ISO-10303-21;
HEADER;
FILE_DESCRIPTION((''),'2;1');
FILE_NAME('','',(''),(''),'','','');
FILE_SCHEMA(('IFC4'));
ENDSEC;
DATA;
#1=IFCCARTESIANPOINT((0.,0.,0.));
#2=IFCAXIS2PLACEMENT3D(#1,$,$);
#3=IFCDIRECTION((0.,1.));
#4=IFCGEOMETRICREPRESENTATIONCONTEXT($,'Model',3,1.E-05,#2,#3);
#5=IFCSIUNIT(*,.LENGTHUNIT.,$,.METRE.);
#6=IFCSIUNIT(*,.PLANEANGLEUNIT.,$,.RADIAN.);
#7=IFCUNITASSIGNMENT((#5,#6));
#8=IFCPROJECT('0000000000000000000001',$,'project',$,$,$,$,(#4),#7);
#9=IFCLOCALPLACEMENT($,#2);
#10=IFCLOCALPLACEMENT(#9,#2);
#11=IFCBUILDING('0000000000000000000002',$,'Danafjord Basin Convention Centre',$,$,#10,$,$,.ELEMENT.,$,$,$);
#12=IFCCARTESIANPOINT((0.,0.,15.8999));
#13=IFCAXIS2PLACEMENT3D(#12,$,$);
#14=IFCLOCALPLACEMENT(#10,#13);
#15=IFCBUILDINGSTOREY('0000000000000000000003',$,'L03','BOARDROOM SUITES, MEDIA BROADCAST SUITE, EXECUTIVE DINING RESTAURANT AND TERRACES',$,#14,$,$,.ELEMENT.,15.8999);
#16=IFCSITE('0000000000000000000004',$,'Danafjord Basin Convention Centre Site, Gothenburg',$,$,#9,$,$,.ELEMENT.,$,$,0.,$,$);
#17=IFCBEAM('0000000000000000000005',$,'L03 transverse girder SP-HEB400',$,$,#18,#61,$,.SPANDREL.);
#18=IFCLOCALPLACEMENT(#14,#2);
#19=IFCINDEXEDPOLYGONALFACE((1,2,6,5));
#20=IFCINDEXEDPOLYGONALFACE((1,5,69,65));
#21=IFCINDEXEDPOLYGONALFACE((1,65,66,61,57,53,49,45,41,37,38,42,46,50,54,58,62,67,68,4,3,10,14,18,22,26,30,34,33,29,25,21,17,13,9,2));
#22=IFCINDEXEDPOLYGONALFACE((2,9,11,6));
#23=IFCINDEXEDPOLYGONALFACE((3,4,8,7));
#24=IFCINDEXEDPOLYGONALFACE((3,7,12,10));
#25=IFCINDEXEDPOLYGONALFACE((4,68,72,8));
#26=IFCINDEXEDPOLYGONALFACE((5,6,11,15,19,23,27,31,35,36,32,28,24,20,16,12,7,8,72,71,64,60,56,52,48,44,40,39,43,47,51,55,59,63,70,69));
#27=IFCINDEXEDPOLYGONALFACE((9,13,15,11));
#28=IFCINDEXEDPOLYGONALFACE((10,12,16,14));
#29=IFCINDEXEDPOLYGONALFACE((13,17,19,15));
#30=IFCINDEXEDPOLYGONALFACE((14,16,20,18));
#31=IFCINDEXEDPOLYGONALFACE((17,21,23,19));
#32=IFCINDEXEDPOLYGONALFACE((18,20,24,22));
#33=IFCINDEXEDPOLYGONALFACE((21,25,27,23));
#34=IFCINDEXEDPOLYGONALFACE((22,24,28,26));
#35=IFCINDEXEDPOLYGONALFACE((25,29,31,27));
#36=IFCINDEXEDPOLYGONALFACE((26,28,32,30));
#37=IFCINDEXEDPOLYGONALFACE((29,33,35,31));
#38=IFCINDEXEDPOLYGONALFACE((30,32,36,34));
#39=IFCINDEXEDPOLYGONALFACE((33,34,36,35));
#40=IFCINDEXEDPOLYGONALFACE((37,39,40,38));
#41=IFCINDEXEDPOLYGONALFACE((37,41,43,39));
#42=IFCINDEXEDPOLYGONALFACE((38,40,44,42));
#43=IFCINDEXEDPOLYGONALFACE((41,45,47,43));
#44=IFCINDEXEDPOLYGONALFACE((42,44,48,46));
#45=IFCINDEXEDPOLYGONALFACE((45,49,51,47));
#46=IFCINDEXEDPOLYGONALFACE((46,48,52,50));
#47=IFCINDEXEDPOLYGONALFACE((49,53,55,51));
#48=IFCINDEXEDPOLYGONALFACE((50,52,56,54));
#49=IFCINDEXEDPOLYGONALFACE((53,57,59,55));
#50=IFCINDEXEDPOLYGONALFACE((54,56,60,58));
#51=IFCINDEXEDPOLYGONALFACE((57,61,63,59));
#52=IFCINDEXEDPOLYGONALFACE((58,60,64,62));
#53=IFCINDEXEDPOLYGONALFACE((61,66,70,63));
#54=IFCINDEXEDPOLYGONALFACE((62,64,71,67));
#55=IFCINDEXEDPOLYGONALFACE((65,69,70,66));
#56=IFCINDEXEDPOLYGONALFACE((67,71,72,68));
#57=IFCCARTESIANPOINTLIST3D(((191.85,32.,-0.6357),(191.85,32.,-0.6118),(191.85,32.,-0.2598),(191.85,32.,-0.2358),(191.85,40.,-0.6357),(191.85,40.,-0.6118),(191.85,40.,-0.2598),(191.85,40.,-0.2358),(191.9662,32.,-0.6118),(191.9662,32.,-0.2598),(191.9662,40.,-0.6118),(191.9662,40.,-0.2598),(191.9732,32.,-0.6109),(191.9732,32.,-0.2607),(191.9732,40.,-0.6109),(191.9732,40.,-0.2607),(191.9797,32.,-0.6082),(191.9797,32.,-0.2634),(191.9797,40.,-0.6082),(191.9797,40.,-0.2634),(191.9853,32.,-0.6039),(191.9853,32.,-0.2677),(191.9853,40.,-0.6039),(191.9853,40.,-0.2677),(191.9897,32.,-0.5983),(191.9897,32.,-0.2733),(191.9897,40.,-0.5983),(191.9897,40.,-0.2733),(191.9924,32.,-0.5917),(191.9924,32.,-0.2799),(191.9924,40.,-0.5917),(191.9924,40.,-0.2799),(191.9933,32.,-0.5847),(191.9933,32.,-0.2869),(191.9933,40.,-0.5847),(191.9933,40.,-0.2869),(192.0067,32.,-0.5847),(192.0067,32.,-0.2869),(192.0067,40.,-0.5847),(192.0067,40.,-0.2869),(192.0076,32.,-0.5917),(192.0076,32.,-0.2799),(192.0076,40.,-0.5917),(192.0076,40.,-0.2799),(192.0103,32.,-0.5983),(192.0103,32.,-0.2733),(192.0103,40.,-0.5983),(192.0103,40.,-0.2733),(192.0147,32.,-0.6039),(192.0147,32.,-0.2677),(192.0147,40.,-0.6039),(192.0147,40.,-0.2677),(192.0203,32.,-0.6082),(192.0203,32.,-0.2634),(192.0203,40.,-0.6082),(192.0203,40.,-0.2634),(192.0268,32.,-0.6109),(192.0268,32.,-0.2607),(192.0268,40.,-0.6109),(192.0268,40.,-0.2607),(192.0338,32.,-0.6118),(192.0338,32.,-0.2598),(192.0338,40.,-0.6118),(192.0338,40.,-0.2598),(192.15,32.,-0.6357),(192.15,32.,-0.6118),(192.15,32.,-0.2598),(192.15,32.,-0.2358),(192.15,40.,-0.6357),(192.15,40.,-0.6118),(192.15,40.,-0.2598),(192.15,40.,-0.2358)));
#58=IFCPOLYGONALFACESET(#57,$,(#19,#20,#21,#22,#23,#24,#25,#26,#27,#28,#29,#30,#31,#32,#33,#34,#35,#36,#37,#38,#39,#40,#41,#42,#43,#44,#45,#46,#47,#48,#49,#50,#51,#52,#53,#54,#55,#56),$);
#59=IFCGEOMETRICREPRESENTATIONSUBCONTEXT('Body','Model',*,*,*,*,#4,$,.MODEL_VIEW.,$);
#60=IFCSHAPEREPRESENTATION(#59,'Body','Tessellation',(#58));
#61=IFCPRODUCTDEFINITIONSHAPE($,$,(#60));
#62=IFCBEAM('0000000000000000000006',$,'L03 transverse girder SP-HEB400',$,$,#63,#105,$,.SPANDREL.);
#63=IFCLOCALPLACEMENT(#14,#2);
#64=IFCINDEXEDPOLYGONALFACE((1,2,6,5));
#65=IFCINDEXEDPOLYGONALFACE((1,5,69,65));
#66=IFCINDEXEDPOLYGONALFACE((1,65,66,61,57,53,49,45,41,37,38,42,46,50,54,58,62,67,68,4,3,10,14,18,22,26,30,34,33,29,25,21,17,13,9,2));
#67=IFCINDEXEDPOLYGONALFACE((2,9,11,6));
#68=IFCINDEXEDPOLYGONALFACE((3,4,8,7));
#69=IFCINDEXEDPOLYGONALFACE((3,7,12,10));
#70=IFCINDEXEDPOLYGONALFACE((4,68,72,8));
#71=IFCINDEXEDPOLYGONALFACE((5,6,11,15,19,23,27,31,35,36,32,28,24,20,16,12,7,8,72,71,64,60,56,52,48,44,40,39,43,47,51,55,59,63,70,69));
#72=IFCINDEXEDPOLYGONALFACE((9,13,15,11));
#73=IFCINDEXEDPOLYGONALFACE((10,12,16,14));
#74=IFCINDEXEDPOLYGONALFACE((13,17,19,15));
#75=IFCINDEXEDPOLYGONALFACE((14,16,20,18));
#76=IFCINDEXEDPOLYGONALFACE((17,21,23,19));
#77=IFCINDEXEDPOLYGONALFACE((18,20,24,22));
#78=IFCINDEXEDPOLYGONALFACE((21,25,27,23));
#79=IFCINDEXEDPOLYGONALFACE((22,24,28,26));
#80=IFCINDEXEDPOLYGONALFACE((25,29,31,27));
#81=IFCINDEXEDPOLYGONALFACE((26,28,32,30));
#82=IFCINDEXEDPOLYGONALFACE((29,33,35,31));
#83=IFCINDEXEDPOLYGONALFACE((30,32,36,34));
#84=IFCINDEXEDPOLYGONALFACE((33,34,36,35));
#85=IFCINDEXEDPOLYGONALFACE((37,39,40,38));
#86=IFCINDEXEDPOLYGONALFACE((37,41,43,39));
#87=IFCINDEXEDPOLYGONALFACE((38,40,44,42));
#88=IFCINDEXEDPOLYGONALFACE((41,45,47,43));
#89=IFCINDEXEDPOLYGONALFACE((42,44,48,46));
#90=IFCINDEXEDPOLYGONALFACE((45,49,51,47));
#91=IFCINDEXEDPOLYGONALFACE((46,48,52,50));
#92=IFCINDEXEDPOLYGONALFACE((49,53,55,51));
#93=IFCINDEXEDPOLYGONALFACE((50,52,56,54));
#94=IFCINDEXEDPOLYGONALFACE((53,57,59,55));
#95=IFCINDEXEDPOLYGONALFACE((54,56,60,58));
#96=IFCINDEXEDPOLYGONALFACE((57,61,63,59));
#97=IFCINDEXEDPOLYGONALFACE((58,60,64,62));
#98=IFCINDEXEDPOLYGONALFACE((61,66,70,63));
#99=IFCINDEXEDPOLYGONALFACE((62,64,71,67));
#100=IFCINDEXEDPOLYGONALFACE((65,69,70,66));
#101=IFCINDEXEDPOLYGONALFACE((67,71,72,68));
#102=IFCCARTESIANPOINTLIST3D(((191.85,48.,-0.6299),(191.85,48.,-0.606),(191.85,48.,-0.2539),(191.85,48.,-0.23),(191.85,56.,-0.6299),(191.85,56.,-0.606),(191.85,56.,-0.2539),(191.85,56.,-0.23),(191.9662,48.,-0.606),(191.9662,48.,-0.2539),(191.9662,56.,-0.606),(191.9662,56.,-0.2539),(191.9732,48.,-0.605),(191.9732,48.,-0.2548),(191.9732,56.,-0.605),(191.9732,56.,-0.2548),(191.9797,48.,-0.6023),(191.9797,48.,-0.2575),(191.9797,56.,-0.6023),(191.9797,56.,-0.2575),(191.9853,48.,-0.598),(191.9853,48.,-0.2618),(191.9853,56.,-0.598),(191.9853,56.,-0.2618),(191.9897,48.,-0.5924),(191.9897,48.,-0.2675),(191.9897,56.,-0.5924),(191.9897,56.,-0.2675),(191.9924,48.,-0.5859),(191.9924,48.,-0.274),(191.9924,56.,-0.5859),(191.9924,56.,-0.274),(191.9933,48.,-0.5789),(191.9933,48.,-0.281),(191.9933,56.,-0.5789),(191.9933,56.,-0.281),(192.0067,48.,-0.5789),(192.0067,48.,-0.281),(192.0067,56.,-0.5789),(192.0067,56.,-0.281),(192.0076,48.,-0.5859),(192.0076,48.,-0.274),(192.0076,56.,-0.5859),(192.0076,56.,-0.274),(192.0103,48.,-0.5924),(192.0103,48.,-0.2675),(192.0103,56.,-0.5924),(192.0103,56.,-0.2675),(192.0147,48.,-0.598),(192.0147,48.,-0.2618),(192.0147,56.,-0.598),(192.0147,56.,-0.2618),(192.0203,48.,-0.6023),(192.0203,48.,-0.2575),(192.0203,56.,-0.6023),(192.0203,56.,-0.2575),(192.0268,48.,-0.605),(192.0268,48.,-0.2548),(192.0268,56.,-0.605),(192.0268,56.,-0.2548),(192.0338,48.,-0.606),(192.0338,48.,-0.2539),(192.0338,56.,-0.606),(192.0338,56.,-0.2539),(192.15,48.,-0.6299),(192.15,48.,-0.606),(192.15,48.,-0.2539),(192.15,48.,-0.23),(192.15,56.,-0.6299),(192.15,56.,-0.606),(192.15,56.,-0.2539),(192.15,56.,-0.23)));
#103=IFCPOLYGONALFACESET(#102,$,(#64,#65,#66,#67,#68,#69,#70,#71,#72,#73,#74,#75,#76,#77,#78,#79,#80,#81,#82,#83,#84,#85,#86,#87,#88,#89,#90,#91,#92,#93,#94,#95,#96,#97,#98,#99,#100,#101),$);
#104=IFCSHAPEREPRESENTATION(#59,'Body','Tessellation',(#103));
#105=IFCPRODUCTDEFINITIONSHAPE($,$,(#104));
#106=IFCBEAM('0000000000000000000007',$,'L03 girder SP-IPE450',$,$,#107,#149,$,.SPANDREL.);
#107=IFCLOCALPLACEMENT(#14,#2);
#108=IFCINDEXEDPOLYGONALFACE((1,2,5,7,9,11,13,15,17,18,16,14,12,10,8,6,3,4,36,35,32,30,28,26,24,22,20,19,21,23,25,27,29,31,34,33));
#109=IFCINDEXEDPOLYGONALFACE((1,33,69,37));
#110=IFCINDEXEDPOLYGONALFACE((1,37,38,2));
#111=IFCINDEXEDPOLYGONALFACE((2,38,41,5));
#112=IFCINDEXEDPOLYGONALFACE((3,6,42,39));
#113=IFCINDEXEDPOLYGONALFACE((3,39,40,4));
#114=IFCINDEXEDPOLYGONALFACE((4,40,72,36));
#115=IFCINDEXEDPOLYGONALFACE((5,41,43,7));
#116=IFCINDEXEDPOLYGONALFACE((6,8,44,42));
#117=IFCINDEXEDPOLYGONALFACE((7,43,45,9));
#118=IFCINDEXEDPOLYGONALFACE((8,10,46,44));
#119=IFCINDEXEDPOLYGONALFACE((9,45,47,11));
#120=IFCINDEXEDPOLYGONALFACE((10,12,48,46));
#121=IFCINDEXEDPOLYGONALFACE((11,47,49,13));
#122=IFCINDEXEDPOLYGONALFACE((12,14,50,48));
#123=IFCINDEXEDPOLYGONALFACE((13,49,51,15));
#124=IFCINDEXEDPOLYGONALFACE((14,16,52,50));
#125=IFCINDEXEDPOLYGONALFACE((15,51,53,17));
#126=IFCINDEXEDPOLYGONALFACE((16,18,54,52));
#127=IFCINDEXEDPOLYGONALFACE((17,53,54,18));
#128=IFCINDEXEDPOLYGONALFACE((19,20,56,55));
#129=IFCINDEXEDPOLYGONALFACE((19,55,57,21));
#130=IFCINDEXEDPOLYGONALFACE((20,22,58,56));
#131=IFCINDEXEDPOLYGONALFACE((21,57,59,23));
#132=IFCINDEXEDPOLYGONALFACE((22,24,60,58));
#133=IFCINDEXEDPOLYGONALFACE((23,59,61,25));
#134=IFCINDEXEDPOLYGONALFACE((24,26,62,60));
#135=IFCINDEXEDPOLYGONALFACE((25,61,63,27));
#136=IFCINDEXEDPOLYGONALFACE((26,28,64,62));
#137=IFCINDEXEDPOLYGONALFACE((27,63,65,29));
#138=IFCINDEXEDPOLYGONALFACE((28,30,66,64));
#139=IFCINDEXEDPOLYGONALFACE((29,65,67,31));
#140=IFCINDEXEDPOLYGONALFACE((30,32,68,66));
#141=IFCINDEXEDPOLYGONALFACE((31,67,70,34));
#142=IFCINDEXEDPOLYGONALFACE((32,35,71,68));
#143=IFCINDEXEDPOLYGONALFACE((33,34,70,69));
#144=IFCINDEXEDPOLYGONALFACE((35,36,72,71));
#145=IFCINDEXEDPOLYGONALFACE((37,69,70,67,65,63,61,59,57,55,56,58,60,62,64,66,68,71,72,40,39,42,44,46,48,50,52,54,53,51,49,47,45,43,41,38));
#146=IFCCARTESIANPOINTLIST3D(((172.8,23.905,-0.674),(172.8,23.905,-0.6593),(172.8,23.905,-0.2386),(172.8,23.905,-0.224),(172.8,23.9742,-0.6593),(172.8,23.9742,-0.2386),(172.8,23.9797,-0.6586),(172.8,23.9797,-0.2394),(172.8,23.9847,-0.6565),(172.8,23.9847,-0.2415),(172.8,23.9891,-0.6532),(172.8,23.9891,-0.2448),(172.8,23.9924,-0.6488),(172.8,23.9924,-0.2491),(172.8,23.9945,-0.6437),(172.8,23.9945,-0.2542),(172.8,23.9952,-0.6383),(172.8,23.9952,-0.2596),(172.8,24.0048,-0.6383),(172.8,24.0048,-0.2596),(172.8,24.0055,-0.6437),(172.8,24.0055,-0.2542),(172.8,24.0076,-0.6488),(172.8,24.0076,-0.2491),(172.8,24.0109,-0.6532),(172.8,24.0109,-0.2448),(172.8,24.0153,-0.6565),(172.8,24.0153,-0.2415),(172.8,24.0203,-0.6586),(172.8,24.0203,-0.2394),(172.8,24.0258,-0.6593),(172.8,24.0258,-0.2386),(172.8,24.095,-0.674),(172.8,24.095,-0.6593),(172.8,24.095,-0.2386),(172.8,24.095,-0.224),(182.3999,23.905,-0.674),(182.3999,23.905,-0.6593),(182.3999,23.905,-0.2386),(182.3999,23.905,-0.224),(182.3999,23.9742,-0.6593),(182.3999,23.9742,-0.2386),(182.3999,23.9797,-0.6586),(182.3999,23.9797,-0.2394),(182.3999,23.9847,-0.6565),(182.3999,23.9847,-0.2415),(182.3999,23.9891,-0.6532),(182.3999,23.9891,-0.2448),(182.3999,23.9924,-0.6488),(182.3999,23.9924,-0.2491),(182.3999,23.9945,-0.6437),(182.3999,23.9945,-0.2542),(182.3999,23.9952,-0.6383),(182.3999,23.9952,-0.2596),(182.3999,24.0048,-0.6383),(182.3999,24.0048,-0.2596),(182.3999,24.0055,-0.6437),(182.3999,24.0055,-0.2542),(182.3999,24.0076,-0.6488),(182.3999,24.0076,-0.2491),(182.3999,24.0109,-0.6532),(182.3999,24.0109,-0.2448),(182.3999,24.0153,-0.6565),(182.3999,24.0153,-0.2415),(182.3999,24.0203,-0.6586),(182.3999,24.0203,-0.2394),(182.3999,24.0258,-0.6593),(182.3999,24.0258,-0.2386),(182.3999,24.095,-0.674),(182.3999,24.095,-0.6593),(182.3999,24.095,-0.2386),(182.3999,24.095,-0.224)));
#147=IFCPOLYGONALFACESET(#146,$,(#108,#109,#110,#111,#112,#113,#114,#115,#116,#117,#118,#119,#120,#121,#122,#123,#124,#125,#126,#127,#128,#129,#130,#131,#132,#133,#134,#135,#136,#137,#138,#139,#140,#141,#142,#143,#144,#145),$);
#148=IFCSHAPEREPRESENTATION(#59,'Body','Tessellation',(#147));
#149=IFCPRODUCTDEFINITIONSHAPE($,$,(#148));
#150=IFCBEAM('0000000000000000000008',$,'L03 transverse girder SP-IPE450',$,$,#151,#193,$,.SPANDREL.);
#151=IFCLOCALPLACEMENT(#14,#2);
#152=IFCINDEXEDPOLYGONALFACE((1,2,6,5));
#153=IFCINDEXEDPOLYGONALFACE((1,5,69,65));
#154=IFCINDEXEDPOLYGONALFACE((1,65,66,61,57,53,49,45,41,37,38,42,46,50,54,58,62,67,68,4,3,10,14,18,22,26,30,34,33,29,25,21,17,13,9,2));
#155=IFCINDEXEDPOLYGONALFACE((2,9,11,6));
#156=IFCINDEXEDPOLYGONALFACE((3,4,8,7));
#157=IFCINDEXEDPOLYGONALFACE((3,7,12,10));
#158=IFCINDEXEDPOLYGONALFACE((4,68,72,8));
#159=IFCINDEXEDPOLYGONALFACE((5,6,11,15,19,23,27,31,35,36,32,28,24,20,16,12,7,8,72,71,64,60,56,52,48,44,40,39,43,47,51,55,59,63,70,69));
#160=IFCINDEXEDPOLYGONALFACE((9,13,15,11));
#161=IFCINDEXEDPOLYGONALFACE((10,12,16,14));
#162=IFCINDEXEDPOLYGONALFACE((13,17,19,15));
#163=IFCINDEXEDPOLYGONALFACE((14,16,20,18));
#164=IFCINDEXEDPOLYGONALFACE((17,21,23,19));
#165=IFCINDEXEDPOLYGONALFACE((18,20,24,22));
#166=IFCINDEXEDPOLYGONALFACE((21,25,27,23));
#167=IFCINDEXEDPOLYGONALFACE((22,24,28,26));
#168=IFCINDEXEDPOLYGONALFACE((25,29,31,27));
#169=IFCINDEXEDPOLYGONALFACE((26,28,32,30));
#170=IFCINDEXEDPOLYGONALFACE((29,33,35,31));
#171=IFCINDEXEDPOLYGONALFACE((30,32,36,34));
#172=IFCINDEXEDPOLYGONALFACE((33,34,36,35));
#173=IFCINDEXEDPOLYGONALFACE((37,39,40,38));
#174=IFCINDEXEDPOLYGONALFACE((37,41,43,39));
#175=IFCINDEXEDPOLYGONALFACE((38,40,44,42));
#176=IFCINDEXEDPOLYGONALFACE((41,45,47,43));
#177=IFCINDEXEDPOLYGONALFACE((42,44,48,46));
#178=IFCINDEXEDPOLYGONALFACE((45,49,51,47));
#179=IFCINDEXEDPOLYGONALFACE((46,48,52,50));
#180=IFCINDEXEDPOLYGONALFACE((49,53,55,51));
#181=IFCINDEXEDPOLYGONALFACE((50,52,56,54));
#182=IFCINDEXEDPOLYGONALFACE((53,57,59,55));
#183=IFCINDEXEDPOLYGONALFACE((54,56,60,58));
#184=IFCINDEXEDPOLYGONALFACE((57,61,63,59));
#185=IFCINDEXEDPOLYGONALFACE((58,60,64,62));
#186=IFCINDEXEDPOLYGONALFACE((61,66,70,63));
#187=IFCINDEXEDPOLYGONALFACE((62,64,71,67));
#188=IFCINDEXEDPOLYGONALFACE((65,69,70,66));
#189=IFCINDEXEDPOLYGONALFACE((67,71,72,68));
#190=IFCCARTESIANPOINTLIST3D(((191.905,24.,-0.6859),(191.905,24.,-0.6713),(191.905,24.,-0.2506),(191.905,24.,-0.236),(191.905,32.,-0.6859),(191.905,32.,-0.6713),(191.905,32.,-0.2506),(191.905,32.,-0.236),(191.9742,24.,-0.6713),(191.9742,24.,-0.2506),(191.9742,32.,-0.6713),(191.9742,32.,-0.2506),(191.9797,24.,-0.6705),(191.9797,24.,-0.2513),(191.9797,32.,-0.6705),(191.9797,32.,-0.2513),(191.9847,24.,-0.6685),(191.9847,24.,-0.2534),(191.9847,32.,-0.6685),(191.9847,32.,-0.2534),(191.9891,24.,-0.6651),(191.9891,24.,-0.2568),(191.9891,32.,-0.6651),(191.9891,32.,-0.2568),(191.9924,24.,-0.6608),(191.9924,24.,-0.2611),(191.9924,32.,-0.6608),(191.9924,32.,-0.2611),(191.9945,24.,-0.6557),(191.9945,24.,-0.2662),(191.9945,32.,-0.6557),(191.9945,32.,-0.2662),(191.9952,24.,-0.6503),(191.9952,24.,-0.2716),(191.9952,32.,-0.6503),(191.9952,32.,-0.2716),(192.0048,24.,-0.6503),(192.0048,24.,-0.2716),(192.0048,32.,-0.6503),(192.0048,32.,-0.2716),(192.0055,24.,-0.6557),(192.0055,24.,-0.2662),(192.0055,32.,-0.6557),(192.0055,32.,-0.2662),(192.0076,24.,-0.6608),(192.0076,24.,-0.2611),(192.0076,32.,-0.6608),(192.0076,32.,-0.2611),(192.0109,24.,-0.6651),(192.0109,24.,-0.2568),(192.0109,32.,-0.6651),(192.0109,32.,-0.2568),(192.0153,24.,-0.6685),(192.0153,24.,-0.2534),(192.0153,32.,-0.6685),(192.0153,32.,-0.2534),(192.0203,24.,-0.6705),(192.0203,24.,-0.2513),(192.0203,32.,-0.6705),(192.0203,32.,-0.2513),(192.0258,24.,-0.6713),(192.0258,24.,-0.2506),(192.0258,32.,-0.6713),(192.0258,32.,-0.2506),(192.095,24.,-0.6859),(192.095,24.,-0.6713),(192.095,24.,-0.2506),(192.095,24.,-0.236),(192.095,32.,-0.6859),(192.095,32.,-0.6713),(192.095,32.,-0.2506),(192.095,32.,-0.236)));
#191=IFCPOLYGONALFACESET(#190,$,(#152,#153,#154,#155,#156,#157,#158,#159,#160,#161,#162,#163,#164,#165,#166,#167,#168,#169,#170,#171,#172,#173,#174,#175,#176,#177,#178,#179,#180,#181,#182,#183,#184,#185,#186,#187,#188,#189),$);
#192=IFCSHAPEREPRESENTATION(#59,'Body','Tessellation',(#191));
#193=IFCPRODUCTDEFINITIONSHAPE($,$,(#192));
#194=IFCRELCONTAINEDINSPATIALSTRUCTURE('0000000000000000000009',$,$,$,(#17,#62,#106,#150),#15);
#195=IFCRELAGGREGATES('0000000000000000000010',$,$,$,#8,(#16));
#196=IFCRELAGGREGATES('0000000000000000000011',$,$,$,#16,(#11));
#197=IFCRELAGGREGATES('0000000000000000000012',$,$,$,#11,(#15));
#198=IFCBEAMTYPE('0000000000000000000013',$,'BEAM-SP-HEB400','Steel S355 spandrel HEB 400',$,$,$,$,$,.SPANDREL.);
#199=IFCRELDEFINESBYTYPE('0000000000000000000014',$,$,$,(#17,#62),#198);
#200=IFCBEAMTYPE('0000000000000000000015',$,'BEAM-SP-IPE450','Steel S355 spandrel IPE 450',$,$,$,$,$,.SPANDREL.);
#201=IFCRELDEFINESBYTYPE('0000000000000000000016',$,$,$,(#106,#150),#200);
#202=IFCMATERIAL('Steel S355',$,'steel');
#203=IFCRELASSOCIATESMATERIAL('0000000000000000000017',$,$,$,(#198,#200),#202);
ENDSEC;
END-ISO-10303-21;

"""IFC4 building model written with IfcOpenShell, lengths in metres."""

from ifc_helpers import new_model, si_unit, direction, frame, origin, origin_2d, place, context, subcontext, project, spatial, i_section, extrude, material, material_profile, profile_set, type_object, element, save


model = new_model("IFC4")

# Units and contexts
model_context = context("Model", 3, precision=1e-05, world=origin(), true_north=direction((0.0, 1.0)))
body_context = subcontext(model_context, "Body", "Model", "MODEL_VIEW")
ifc_project = project(units=[si_unit("LENGTHUNIT", "METRE"), si_unit("PLANEANGLEUNIT", "RADIAN")], contexts=[model_context])

# Site, building, storey
site_placement = place(None, origin())
site = spatial("IfcSite", under=ifc_project, at=site_placement, Name="Danafjord Basin Convention Centre Site, Gothenburg", CompositionType="ELEMENT", RefElevation=0.0)
building_placement = place(site_placement, origin())
building = spatial("IfcBuilding", under=site, at=building_placement, Name="Danafjord Basin Convention Centre", CompositionType="ELEMENT")
storey_placement = place(building_placement, frame((0.0, 0.0, 15.8999)))
storey = spatial("IfcBuildingStorey", under=building, at=storey_placement, Name="L03", Description="BOARDROOM SUITES, MEDIA BROADCAST SUITE, EXECUTIVE DINING RESTAURANT AND TERRACES", CompositionType="ELEMENT", Elevation=15.8999)

# Shared definitions
ifc_material_1 = material(Name="Steel S355", Category="steel")

# Beams
ifc_material_profile_1 = material_profile(ifc_material_1, i_section(OverallWidth=0.3, OverallDepth=0.3999, WebThickness=0.0134, FlangeThickness=0.0239, FilletRadius=0.0271, at=origin_2d()), Name="HEB 400")
ifc_profile_set_1 = profile_set([ifc_material_profile_1], Name="Steel S355")
beam_type_1 = type_object("IfcBeamType", Name="BEAM-SP-HEB400", Description="Steel S355 spandrel HEB 400", PredefinedType="SPANDREL", material=ifc_profile_set_1)
for number, where, z_axis, x_axis, name in (
    (1, (192.0, 32.0, -0.4358), (0.0, 1.0, 0.0), (-1.0, 0.0, 0.0), "L03 transverse girder SP-HEB400"),
    (2, (192.0, 48.0, -0.4299), (0.0, 1.0, 0.0), (-1.0, 0.0, 0.0), "L03 transverse girder SP-HEB400"),
):
    element("IfcBeam", number, at=place(storey_placement, frame(where, z_axis=z_axis, x_axis=x_axis)), inside=storey, type_object=beam_type_1, Name=name, PredefinedType="SPANDREL", context=body_context, shape_type="SweptSolid", body=[
        extrude(i_section(OverallWidth=0.3, OverallDepth=0.3999, WebThickness=0.0134, FlangeThickness=0.0239, FilletRadius=0.0271, at=origin_2d()), origin(), (0.0, 0.0, 1.0), 8.0),
    ])
ifc_material_profile_2 = material_profile(ifc_material_1, i_section(OverallWidth=0.1899, OverallDepth=0.45, WebThickness=0.0095, FlangeThickness=0.0146, FilletRadius=0.021, at=origin_2d()), Name="IPE 450")
ifc_profile_set_2 = profile_set([ifc_material_profile_2], Name="Steel S355")
beam_type_2 = type_object("IfcBeamType", Name="BEAM-SP-IPE450", Description="Steel S355 spandrel IPE 450", PredefinedType="SPANDREL", material=ifc_profile_set_2)
beam_1_placement = place(storey_placement, frame((172.8, 24.0, -0.449), z_axis=(1.0, 0.0, 0.0), x_axis=(0.0, 1.0, 0.0)))
element("IfcBeam", 3, at=beam_1_placement, inside=storey, type_object=beam_type_2, Name="L03 girder SP-IPE450", PredefinedType="SPANDREL", context=body_context, shape_type="SweptSolid", body=[
    extrude(i_section(OverallWidth=0.1899, OverallDepth=0.45, WebThickness=0.0095, FlangeThickness=0.0146, FilletRadius=0.021, at=origin_2d()), origin(), (0.0, 0.0, 1.0), 9.5999),
])
for number, where, z_axis, x_axis, name in (
    (4, (192.0, 24.0, -0.4609), (0.0, 1.0, 0.0), (-1.0, 0.0, 0.0), "L03 transverse girder SP-IPE450"),
):
    element("IfcBeam", number, at=place(storey_placement, frame(where, z_axis=z_axis, x_axis=x_axis)), inside=storey, type_object=beam_type_2, Name=name, PredefinedType="SPANDREL", context=body_context, shape_type="SweptSolid", body=[
        extrude(i_section(OverallWidth=0.1899, OverallDepth=0.45, WebThickness=0.0095, FlangeThickness=0.0146, FilletRadius=0.021, at=origin_2d()), origin(), (0.0, 0.0, 1.0), 8.0),
    ])

save(model, "model.ifc")
